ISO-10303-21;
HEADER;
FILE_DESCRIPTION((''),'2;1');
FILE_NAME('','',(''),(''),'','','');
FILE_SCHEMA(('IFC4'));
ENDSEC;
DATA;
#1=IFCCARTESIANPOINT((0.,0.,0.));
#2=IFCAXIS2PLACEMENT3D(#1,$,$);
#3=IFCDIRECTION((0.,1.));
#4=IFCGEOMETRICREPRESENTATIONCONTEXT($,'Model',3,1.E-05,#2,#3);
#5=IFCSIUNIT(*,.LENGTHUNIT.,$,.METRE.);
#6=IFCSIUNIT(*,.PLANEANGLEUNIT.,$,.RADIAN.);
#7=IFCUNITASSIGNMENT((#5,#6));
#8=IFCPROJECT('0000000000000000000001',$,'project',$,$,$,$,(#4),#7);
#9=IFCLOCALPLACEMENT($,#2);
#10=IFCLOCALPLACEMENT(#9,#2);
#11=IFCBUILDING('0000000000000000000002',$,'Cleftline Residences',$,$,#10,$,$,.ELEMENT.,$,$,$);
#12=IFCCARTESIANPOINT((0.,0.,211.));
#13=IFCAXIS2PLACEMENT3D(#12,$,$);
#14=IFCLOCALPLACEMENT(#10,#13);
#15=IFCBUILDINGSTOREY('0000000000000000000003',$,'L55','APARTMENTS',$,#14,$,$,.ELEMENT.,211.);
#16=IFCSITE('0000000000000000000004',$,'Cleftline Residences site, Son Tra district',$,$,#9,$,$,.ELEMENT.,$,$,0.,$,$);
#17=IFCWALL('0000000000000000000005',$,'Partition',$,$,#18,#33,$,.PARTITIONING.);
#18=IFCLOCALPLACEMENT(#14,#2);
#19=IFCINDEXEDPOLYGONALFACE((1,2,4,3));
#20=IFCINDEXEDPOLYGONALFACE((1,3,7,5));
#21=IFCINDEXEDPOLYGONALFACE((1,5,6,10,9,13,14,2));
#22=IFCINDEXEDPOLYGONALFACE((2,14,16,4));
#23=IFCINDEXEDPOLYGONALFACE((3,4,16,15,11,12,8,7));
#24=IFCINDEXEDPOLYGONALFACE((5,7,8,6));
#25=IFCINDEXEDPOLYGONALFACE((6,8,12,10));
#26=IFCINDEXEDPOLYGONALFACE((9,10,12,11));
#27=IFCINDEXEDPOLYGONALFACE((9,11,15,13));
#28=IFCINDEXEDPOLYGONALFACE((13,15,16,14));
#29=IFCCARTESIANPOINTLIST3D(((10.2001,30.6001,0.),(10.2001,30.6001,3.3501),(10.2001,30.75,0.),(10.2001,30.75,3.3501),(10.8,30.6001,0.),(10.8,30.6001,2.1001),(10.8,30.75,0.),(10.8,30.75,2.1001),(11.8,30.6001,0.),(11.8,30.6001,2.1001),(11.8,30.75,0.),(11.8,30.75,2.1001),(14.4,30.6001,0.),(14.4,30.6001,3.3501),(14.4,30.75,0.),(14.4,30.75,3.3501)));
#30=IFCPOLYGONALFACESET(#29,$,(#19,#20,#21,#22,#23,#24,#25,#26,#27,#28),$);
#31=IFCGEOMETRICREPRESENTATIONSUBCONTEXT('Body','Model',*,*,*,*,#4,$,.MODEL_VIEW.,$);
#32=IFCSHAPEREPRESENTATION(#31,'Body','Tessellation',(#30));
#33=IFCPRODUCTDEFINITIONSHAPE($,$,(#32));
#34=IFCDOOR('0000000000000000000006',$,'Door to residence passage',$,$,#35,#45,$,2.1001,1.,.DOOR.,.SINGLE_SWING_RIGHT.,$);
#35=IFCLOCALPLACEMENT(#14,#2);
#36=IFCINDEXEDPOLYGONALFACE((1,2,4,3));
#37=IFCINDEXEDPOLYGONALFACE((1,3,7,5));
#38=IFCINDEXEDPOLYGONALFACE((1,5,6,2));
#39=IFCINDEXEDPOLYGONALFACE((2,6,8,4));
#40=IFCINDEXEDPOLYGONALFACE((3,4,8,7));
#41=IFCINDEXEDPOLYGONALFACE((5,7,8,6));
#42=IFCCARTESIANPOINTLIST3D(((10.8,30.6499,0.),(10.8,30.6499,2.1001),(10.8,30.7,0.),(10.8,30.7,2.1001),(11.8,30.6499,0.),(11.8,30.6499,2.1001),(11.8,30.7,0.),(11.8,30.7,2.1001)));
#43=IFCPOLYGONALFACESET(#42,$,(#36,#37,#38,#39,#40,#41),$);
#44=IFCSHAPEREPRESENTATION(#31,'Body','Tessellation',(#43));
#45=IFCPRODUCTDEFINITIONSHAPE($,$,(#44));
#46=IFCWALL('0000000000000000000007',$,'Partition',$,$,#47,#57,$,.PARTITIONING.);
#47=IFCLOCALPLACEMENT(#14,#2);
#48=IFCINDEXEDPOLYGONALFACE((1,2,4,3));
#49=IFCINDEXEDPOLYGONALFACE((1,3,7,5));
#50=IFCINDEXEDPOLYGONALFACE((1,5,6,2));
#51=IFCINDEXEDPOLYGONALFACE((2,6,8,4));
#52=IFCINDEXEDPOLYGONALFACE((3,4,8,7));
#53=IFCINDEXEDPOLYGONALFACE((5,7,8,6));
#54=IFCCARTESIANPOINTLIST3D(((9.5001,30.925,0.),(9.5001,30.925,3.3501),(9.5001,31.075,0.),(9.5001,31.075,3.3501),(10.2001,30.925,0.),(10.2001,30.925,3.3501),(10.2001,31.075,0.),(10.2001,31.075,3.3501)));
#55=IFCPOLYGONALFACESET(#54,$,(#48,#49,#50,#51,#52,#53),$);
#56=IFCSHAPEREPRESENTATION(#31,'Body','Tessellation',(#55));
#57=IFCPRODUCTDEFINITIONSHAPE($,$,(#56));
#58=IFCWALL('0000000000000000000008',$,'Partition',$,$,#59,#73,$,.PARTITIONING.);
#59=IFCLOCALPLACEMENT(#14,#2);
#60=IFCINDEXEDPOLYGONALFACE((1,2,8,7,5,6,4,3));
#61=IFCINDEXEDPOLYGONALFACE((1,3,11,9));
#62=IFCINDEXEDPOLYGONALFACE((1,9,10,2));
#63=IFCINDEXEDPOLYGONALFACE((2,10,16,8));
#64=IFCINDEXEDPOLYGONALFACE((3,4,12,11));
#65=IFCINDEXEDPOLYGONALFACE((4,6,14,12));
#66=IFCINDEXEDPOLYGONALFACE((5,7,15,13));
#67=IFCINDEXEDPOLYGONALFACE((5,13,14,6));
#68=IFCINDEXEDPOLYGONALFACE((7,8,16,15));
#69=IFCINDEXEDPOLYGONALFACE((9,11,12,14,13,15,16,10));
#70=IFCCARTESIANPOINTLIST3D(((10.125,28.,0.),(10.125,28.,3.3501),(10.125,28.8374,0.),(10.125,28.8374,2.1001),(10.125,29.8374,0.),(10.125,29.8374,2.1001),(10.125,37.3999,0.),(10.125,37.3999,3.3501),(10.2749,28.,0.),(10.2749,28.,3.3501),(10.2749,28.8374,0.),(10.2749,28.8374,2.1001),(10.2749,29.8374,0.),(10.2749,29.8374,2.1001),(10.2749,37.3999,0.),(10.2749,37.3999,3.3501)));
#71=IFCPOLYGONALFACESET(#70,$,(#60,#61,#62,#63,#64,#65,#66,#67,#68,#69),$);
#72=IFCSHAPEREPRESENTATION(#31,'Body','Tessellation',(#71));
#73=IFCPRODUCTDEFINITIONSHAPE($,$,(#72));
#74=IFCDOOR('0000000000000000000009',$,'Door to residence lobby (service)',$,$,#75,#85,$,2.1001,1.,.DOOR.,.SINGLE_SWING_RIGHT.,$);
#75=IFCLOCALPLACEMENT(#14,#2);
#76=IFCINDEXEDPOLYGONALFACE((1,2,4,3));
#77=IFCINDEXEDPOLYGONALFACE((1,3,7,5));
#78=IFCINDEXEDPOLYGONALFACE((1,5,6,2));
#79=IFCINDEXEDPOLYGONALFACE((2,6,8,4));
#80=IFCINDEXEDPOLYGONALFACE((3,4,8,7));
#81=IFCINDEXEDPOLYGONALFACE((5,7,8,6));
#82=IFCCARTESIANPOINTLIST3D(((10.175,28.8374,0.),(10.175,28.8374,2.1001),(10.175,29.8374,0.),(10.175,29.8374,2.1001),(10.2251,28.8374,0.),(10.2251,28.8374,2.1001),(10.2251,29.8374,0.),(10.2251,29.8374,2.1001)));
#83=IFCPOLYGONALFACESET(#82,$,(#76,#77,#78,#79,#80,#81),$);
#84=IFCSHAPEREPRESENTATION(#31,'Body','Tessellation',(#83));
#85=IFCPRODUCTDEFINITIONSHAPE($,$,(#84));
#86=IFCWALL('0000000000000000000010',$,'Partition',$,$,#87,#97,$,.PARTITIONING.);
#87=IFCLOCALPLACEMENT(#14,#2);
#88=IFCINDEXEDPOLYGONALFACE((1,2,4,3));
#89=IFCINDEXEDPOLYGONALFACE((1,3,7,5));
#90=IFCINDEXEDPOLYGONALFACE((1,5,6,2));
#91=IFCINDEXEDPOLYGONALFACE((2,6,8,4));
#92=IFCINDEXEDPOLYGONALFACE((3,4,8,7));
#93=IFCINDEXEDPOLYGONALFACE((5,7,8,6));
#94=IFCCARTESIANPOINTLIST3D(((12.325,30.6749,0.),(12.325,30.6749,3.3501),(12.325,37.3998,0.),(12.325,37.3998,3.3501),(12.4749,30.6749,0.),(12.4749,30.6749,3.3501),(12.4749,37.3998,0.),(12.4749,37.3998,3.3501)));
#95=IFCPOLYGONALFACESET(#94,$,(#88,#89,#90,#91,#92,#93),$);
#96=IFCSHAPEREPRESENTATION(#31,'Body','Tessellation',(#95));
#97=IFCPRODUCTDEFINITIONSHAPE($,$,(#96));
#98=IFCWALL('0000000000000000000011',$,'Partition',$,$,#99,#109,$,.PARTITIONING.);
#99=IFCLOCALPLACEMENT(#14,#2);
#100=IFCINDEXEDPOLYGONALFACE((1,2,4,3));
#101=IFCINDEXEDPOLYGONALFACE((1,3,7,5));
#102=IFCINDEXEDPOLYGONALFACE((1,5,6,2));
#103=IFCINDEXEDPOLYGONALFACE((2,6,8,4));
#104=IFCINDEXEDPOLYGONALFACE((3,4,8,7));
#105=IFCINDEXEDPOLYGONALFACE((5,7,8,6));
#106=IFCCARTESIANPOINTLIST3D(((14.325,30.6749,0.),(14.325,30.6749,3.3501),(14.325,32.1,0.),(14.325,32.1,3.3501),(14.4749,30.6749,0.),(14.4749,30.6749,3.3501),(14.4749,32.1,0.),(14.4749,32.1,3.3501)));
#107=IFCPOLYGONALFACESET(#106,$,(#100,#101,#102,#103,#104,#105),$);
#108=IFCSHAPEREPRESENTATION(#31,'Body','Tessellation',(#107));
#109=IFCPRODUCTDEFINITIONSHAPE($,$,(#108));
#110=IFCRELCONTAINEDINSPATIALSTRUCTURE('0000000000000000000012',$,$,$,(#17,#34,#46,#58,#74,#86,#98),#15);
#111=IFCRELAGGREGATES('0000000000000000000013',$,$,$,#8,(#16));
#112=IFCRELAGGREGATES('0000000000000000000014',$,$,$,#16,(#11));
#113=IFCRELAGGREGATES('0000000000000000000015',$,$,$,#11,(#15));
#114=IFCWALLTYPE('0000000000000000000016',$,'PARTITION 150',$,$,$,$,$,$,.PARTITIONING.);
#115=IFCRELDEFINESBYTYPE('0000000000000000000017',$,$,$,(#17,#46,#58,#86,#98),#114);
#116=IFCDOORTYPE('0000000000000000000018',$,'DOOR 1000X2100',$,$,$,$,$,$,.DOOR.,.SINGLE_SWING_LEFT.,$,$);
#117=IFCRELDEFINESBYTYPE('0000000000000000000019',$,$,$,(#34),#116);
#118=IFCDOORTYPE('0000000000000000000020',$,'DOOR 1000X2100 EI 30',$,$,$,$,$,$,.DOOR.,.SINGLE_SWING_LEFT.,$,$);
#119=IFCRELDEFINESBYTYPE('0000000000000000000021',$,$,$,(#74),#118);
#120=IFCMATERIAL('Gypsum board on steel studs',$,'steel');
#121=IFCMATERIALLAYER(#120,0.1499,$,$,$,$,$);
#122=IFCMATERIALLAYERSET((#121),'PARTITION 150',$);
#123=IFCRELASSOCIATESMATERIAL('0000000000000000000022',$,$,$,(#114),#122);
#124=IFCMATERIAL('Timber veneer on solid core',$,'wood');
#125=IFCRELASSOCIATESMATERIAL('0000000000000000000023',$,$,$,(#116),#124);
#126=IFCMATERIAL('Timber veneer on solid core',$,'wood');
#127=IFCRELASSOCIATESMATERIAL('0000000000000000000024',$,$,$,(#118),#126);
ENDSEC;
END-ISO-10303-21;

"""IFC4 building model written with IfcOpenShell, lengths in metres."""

from ifc_helpers import new_model, si_unit, direction, frame, frame_2d, origin, place, context, subcontext, project, spatial, rectangle, extrude, material, layer, layer_set, type_object, element, fill, save


model = new_model("IFC4")

# Units and contexts
model_context = context("Model", 3, precision=1e-05, world=origin(), true_north=direction((0.0, 1.0)))
body_context = subcontext(model_context, "Body", "Model", "MODEL_VIEW")
ifc_project = project(units=[si_unit("LENGTHUNIT", "METRE"), si_unit("PLANEANGLEUNIT", "RADIAN")], contexts=[model_context])

# Site, building, storey
site_placement = place(None, origin())
site = spatial("IfcSite", under=ifc_project, at=site_placement, Name="Cleftline Residences site, Son Tra district", CompositionType="ELEMENT", RefElevation=0.0)
building_placement = place(site_placement, origin())
building = spatial("IfcBuilding", under=site, at=building_placement, Name="Cleftline Residences", CompositionType="ELEMENT")
storey_placement = place(building_placement, frame((0.0, 0.0, 211.0)))
storey = spatial("IfcBuildingStorey", under=building, at=storey_placement, Name="L55", Description="APARTMENTS", CompositionType="ELEMENT", Elevation=211.0)

# Wall, opening, door
ifc_material_1 = material(Name="Gypsum board on steel studs", Category="steel")
ifc_layer_1 = layer(ifc_material_1, 0.1499)
ifc_layer_set_1 = layer_set([ifc_layer_1], Name="PARTITION 150")
wall_type_1 = type_object("IfcWallType", Name="PARTITION 150", PredefinedType="PARTITIONING", material=ifc_layer_set_1)
wall_1_placement = place(storey_placement, frame((10.2, 30.675, 0.0), z_axis=(0.0, 0.0, 1.0), x_axis=(1.0, 0.0, 0.0)))
wall_1 = element("IfcWall", 1, at=wall_1_placement, inside=storey, type_object=wall_type_1, Name="Partition", PredefinedType="PARTITIONING", context=body_context, shape_type="SweptSolid", body=[
    extrude(rectangle(XDim=4.2, YDim=0.1499, at=frame_2d((2.1001, 0.0))), origin(), (0.0, 0.0, 1.0), 3.3501),
])
opening_1_placement = place(wall_1_placement, frame((0.6001, 0.0, 0.0)))
opening_1 = element("IfcOpeningElement", 2, at=opening_1_placement, cuts=wall_1, PredefinedType="OPENING", context=body_context, shape_type="SweptSolid", body=[
    extrude(rectangle(XDim=1.0, YDim=2.1001, at=frame_2d((0.5, 1.05))), frame((0.0, 0.085, 0.0), z_axis=(0.0, -1.0, 0.0), x_axis=(1.0, 0.0, 0.0)), (0.0, 0.0, 1.0), 0.1699),
])
ifc_material_2 = material(Name="Timber veneer on solid core", Category="wood")
door_type_1 = type_object("IfcDoorType", Name="DOOR 1000X2100", OperationType="SINGLE_SWING_LEFT", PredefinedType="DOOR", material=ifc_material_2)
door_1_placement = place(opening_1_placement, origin())
door_1 = element("IfcDoor", 3, at=door_1_placement, inside=storey, type_object=door_type_1, Name="Door to residence passage", OperationType="SINGLE_SWING_RIGHT", OverallHeight=2.1001, OverallWidth=1.0, PredefinedType="DOOR", context=body_context, shape_type="SweptSolid", body=[
    extrude(rectangle(XDim=1.0, YDim=2.1001, at=frame_2d((0.5, 1.05))), frame((0.0, 0.0249, 0.0), z_axis=(0.0, -1.0, 0.0), x_axis=(1.0, 0.0, 0.0)), (0.0, 0.0, 1.0), 0.05),
])
fill(opening_1, door_1)

# Wall
wall_2_placement = place(storey_placement, frame((9.5, 31.0, 0.0), z_axis=(0.0, 0.0, 1.0), x_axis=(1.0, 0.0, 0.0)))
element("IfcWall", 4, at=wall_2_placement, inside=storey, type_object=wall_type_1, Name="Partition", PredefinedType="PARTITIONING", context=body_context, shape_type="SweptSolid", body=[
    extrude(rectangle(XDim=0.7, YDim=0.1499, at=frame_2d((0.3501, 0.0))), origin(), (0.0, 0.0, 1.0), 3.3501),
])

# Wall, opening, door
wall_3_placement = place(storey_placement, frame((10.2, 28.0, 0.0), z_axis=(0.0, 0.0, 1.0), x_axis=(0.0, 1.0, 0.0)))
wall_3 = element("IfcWall", 5, at=wall_3_placement, inside=storey, type_object=wall_type_1, Name="Partition", PredefinedType="PARTITIONING", context=body_context, shape_type="SweptSolid", body=[
    extrude(rectangle(XDim=9.3999, YDim=0.1499, at=frame_2d((4.7, 0.0))), origin(), (0.0, 0.0, 1.0), 3.3501),
])
opening_2_placement = place(wall_3_placement, frame((0.8374, 0.0, 0.0)))
opening_2 = element("IfcOpeningElement", 6, at=opening_2_placement, cuts=wall_3, PredefinedType="OPENING", context=body_context, shape_type="SweptSolid", body=[
    extrude(rectangle(XDim=1.0, YDim=2.1001, at=frame_2d((0.5, 1.05))), frame((0.0, 0.085, 0.0), z_axis=(0.0, -1.0, 0.0), x_axis=(1.0, 0.0, 0.0)), (0.0, 0.0, 1.0), 0.1699),
])
ifc_material_3 = material(Name="Timber veneer on solid core", Category="wood")
door_type_2 = type_object("IfcDoorType", Name="DOOR 1000X2100 EI 30", OperationType="SINGLE_SWING_LEFT", PredefinedType="DOOR", material=ifc_material_3)
door_2_placement = place(opening_2_placement, origin())
door_2 = element("IfcDoor", 7, at=door_2_placement, inside=storey, type_object=door_type_2, Name="Door to residence lobby (service)", OperationType="SINGLE_SWING_RIGHT", OverallHeight=2.1001, OverallWidth=1.0, PredefinedType="DOOR", context=body_context, shape_type="SweptSolid", body=[
    extrude(rectangle(XDim=1.0, YDim=2.1001, at=frame_2d((0.5, 1.05))), frame((0.0, 0.0249, 0.0), z_axis=(0.0, -1.0, 0.0), x_axis=(1.0, 0.0, 0.0)), (0.0, 0.0, 1.0), 0.05),
])
fill(opening_2, door_2)

# Walls
wall_4_placement = place(storey_placement, frame((12.3999, 30.675, 0.0), z_axis=(0.0, 0.0, 1.0), x_axis=(0.0, 1.0, 0.0)))
element("IfcWall", 8, at=wall_4_placement, inside=storey, type_object=wall_type_1, Name="Partition", PredefinedType="PARTITIONING", context=body_context, shape_type="SweptSolid", body=[
    extrude(rectangle(XDim=6.7249, YDim=0.1499, at=frame_2d((3.3623, 0.0))), origin(), (0.0, 0.0, 1.0), 3.3501),
])
wall_5_placement = place(storey_placement, frame((14.3999, 30.675, 0.0), z_axis=(0.0, 0.0, 1.0), x_axis=(0.0, 1.0, 0.0)))
element("IfcWall", 9, at=wall_5_placement, inside=storey, type_object=wall_type_1, Name="Partition", PredefinedType="PARTITIONING", context=body_context, shape_type="SweptSolid", body=[
    extrude(rectangle(XDim=1.425, YDim=0.1499, at=frame_2d((0.7124, 0.0))), origin(), (0.0, 0.0, 1.0), 3.3501),
])

save(model, "model.ifc")
